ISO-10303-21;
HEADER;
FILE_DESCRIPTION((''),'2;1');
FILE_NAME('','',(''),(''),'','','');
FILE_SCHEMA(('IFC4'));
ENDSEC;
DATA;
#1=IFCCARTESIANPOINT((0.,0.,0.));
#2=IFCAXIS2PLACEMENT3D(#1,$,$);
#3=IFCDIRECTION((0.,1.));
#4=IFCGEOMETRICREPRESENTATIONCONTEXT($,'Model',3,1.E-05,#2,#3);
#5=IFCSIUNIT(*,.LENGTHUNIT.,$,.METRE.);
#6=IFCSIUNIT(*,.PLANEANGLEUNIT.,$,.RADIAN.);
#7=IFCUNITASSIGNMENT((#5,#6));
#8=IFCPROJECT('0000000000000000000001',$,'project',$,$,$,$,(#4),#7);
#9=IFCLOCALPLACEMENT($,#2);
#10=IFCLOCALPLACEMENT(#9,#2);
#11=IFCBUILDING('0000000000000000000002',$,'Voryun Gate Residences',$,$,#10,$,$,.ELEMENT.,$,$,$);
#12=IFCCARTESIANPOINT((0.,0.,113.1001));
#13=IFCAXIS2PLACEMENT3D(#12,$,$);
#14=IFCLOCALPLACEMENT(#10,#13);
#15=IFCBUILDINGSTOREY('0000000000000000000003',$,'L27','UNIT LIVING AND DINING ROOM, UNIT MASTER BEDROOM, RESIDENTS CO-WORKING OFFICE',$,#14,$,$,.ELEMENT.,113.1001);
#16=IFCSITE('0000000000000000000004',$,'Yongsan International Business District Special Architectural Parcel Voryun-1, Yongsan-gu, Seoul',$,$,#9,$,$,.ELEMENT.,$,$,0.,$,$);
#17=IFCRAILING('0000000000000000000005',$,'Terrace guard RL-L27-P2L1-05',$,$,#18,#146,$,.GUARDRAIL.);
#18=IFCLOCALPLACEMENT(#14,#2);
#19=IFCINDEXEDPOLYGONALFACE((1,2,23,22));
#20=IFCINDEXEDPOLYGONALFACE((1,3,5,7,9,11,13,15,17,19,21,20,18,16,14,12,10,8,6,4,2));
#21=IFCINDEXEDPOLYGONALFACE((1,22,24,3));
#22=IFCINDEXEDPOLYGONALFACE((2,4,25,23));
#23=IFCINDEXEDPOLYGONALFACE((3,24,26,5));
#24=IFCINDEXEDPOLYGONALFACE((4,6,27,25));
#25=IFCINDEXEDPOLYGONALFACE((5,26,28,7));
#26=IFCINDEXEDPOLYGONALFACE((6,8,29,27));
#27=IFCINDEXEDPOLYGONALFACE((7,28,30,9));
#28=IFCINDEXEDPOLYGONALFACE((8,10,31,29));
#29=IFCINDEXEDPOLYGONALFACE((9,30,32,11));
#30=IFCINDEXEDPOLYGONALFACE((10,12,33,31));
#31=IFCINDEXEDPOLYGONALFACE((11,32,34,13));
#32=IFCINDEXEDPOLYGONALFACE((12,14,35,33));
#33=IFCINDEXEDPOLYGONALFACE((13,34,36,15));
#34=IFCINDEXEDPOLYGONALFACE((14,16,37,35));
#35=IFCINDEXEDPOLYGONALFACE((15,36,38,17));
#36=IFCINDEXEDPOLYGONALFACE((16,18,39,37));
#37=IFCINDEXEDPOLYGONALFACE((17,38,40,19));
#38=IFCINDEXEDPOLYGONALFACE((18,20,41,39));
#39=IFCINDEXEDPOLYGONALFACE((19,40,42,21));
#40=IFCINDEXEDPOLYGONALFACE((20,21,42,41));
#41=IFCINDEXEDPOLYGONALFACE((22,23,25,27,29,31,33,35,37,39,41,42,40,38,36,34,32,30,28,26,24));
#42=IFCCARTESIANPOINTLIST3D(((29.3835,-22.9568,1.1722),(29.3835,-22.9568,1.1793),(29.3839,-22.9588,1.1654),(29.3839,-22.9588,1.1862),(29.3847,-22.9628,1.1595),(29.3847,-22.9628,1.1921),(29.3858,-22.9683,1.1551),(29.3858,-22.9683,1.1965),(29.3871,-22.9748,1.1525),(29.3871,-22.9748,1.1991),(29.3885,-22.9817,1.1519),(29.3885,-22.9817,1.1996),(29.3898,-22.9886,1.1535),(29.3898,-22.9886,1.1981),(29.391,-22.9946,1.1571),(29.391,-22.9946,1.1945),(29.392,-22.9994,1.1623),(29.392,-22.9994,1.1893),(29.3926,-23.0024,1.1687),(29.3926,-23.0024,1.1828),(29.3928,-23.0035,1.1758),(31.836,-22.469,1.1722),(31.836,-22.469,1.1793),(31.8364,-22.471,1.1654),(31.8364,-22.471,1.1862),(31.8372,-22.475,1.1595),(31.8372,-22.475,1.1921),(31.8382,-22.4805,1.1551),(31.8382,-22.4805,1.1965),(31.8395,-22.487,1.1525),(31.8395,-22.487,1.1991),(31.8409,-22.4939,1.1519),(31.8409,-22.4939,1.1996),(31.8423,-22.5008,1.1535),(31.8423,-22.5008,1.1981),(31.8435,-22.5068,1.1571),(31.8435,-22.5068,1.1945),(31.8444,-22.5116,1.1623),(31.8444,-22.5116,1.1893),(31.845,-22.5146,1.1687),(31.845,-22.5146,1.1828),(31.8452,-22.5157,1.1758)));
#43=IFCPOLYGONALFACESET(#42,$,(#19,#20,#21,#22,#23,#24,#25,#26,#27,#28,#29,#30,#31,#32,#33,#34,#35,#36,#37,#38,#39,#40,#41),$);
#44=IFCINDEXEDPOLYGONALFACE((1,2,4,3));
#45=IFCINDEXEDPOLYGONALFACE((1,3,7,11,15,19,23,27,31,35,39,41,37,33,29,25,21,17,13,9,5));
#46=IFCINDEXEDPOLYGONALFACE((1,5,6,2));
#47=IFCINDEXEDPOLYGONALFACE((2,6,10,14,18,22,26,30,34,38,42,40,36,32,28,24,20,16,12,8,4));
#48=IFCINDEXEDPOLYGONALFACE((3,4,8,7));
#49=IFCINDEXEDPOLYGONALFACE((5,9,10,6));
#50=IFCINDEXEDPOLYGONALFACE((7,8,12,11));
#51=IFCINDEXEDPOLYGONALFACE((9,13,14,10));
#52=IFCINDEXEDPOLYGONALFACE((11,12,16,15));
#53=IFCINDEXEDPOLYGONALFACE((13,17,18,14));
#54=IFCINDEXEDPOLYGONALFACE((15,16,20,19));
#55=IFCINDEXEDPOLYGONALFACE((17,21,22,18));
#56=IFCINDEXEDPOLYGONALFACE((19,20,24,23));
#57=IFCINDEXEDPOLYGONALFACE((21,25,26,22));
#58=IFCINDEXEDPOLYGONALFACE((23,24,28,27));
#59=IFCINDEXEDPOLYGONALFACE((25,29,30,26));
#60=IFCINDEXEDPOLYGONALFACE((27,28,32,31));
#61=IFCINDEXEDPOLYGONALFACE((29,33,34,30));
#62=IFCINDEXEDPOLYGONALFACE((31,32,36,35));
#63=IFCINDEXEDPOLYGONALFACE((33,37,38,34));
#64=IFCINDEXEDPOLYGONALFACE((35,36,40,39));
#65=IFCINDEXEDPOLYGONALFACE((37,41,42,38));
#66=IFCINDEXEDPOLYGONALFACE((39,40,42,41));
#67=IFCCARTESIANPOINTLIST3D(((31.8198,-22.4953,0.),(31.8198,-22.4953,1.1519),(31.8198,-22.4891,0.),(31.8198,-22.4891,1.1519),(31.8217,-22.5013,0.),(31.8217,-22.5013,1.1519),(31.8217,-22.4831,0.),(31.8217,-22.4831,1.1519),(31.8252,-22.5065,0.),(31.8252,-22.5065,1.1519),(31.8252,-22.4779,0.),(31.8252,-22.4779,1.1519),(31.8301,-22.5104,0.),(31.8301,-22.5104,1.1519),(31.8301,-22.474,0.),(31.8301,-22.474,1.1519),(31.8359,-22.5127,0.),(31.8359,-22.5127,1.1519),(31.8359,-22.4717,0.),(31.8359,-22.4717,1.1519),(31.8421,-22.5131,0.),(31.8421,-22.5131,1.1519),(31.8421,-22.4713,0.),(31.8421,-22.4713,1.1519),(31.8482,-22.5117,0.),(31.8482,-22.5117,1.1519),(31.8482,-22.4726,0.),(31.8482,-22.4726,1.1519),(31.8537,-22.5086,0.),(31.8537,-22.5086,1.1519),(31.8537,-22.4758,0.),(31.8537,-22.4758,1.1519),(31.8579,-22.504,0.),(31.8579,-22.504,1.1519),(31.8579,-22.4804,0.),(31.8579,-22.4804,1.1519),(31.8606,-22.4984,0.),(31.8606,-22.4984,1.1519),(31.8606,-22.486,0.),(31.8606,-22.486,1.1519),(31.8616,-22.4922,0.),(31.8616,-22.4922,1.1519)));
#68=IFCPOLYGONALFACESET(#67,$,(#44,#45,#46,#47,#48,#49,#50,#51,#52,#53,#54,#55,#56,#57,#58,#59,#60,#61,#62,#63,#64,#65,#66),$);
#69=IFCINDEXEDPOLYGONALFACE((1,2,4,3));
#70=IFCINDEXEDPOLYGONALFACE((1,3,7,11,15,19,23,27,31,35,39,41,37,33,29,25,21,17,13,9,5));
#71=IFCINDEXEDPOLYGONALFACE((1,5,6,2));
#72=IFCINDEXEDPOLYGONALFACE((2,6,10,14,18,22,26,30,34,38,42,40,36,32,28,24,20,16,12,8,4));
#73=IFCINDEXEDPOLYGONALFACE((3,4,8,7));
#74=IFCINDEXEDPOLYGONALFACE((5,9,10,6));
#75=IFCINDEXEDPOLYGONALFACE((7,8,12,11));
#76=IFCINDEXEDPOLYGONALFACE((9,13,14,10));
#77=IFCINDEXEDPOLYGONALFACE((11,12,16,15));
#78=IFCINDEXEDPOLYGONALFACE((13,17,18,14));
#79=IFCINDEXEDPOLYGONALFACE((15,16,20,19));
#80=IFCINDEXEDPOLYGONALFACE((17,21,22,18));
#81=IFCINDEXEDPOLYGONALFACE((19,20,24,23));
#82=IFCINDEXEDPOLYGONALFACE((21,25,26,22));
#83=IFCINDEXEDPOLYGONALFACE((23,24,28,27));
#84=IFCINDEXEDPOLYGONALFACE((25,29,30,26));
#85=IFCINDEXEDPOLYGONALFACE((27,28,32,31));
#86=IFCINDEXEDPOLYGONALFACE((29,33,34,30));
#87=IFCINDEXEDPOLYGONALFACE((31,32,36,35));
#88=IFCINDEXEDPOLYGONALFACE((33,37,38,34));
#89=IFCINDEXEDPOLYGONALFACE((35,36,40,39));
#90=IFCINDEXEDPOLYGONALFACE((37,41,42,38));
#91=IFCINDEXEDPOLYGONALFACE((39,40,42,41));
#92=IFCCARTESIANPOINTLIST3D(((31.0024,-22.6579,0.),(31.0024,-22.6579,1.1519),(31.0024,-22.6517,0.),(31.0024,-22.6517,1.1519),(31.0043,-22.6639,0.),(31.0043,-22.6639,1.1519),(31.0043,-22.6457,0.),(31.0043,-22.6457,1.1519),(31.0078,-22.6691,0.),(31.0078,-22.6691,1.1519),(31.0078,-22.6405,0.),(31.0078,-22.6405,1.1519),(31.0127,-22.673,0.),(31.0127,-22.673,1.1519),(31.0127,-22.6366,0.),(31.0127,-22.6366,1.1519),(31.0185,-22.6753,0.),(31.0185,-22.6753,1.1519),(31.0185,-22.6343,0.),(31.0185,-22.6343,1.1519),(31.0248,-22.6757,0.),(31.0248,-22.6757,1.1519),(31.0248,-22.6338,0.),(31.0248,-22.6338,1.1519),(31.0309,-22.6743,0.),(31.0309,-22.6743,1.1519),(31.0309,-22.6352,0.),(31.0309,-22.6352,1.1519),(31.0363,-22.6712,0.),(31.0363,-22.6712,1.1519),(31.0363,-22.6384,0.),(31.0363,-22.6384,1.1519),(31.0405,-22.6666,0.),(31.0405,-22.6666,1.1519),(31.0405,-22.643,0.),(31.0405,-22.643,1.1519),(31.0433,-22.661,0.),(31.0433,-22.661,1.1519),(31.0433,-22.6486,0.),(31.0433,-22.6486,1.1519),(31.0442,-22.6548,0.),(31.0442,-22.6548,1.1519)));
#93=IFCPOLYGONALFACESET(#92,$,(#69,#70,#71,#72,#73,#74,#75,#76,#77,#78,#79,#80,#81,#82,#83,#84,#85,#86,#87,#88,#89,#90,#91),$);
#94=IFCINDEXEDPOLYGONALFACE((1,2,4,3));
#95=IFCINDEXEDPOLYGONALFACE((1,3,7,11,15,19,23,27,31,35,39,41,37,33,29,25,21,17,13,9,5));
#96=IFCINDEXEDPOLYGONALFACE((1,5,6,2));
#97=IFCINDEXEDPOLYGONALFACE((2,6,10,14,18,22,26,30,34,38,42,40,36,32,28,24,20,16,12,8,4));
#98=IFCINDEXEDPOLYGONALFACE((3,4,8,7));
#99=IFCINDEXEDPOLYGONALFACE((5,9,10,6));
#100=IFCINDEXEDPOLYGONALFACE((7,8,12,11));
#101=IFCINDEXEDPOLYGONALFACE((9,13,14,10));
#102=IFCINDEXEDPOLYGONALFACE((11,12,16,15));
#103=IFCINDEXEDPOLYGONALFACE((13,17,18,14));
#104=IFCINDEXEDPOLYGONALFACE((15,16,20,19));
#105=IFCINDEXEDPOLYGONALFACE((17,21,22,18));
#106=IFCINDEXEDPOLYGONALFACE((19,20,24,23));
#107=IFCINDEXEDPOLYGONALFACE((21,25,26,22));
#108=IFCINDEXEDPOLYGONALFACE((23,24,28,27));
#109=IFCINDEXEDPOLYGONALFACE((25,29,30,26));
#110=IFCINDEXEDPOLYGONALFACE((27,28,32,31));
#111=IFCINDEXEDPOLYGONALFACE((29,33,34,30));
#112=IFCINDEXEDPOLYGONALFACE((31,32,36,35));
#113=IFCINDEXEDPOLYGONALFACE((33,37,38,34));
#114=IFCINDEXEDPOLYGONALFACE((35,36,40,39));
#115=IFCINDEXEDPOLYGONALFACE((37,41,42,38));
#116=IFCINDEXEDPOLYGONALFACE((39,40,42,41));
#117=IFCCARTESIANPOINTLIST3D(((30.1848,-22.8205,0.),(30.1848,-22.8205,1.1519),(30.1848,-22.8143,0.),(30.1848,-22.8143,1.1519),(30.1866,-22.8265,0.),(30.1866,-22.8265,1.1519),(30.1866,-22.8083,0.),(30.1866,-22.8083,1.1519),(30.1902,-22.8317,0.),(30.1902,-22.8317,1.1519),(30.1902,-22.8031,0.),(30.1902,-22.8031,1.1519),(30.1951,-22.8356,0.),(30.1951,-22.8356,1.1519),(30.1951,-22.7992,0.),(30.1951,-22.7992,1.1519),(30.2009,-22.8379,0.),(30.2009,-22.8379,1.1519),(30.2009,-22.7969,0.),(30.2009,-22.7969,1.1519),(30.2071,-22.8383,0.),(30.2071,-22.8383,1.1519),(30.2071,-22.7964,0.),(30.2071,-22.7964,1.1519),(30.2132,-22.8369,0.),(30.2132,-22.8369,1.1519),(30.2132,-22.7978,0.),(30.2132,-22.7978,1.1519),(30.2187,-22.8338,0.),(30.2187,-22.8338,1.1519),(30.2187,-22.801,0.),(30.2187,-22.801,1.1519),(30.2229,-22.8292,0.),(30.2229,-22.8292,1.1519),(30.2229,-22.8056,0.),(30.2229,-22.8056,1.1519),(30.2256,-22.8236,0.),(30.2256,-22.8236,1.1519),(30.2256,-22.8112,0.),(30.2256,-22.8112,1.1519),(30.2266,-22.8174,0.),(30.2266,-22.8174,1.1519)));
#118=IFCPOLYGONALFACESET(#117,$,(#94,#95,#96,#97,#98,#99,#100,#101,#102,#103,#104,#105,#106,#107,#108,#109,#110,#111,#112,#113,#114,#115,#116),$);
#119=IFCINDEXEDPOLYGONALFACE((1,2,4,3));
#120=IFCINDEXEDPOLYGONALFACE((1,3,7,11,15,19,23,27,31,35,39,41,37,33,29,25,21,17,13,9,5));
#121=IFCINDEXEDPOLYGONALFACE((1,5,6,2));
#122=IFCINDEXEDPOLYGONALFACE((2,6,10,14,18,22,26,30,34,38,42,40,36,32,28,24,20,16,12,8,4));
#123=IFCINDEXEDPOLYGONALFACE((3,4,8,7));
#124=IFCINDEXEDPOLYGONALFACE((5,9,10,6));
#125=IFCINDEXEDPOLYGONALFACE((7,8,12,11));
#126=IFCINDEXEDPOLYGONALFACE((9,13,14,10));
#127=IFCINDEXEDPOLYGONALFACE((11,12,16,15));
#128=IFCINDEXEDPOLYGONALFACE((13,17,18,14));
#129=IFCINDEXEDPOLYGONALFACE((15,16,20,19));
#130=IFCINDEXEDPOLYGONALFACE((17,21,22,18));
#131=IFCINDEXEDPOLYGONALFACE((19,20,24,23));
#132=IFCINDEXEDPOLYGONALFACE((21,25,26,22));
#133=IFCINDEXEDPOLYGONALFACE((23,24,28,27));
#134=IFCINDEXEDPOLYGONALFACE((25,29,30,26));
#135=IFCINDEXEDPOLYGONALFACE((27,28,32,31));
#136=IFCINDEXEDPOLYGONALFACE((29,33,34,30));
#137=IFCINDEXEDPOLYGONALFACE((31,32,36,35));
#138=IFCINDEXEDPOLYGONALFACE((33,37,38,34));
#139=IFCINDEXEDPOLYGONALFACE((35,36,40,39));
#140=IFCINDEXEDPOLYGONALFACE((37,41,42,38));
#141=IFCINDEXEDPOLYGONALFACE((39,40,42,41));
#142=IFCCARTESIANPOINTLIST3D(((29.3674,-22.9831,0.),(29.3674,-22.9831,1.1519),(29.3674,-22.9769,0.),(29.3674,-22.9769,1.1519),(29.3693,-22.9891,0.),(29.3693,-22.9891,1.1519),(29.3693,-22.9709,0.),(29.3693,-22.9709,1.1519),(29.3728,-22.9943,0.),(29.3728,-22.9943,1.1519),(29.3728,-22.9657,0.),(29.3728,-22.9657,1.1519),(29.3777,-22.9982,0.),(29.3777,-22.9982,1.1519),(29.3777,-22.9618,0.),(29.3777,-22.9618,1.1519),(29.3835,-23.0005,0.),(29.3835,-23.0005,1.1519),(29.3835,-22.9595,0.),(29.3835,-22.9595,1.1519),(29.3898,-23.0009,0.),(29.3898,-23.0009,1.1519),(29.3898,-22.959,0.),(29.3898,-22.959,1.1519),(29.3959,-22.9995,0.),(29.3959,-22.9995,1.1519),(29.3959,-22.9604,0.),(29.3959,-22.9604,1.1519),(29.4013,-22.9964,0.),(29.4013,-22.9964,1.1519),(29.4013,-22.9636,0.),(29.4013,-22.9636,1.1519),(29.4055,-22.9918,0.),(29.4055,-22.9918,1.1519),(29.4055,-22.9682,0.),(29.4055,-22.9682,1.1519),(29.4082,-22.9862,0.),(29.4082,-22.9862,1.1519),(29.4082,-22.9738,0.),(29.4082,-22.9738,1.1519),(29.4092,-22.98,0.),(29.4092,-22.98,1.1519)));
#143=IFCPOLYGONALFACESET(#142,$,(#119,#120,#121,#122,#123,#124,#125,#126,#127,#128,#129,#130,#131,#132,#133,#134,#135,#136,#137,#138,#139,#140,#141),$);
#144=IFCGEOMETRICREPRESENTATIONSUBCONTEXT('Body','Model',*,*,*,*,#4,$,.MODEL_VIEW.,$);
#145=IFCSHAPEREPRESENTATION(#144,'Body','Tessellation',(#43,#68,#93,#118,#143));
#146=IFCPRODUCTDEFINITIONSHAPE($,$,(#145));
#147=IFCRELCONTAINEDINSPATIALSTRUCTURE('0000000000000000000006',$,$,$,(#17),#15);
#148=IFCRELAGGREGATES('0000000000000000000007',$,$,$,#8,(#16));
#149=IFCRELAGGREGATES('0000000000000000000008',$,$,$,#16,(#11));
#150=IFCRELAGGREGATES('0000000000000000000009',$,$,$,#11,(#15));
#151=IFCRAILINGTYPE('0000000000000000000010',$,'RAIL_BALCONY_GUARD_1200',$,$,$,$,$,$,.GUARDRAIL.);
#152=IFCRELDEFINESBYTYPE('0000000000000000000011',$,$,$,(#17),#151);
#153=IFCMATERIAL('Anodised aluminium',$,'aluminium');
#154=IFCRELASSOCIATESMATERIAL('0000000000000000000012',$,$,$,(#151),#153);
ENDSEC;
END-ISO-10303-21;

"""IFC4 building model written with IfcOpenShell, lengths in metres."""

from ifc_helpers import new_model, si_unit, direction, frame, origin, origin_2d, place, context, subcontext, project, spatial, circle, extrude, material, type_object, element, save


model = new_model("IFC4")

# Units and contexts
model_context = context("Model", 3, precision=1e-05, world=origin(), true_north=direction((0.0, 1.0)))
body_context = subcontext(model_context, "Body", "Model", "MODEL_VIEW")
ifc_project = project(units=[si_unit("LENGTHUNIT", "METRE"), si_unit("PLANEANGLEUNIT", "RADIAN")], contexts=[model_context])

# Site, building, storey
site_placement = place(None, origin())
site = spatial("IfcSite", under=ifc_project, at=site_placement, Name="Yongsan International Business District Special Architectural Parcel Voryun-1, Yongsan-gu, Seoul", CompositionType="ELEMENT", RefElevation=0.0)
building_placement = place(site_placement, origin())
building = spatial("IfcBuilding", under=site, at=building_placement, Name="Voryun Gate Residences", CompositionType="ELEMENT")
storey_placement = place(building_placement, frame((0.0, 0.0, 113.1001)))
storey = spatial("IfcBuildingStorey", under=building, at=storey_placement, Name="L27", Description="UNIT LIVING AND DINING ROOM, UNIT MASTER BEDROOM, RESIDENTS CO-WORKING OFFICE", CompositionType="ELEMENT", Elevation=113.1001)

# Railing
ifc_material_1 = material(Name="Anodised aluminium", Category="aluminium")
railing_type = type_object("IfcRailingType", Name="RAIL_BALCONY_GUARD_1200", PredefinedType="GUARDRAIL", material=ifc_material_1)
railing_1_placement = place(storey_placement, frame((31.8406, -22.4922, 0.0)))
element("IfcRailing", 1, at=railing_1_placement, inside=storey, type_object=railing_type, Name="Terrace guard RL-L27-P2L1-05", PredefinedType="GUARDRAIL", context=body_context, shape_type="SweptSolid", body=[
    extrude(circle(Radius=0.0239, at=origin_2d()), frame((0.0, 0.0, 1.1758), z_axis=(-0.980787, -0.195083, 0.0), x_axis=(0.195083, -0.980787, 0.0)), (0.0, 0.0, 1.0), 2.5005),
    extrude(circle(Radius=0.021, at=origin_2d()), origin(), (0.0, 0.0, 1.0), 1.1519),
    extrude(circle(Radius=0.021, at=origin_2d()), frame((-0.8174, -0.1626, 0.0)), (0.0, 0.0, 1.0), 1.1519),
    extrude(circle(Radius=0.021, at=origin_2d()), frame((-1.635, -0.3252, 0.0)), (0.0, 0.0, 1.0), 1.1519),
    extrude(circle(Radius=0.021, at=origin_2d()), frame((-2.4524, -0.4878, 0.0)), (0.0, 0.0, 1.0), 1.1519),
])

save(model, "model.ifc")
